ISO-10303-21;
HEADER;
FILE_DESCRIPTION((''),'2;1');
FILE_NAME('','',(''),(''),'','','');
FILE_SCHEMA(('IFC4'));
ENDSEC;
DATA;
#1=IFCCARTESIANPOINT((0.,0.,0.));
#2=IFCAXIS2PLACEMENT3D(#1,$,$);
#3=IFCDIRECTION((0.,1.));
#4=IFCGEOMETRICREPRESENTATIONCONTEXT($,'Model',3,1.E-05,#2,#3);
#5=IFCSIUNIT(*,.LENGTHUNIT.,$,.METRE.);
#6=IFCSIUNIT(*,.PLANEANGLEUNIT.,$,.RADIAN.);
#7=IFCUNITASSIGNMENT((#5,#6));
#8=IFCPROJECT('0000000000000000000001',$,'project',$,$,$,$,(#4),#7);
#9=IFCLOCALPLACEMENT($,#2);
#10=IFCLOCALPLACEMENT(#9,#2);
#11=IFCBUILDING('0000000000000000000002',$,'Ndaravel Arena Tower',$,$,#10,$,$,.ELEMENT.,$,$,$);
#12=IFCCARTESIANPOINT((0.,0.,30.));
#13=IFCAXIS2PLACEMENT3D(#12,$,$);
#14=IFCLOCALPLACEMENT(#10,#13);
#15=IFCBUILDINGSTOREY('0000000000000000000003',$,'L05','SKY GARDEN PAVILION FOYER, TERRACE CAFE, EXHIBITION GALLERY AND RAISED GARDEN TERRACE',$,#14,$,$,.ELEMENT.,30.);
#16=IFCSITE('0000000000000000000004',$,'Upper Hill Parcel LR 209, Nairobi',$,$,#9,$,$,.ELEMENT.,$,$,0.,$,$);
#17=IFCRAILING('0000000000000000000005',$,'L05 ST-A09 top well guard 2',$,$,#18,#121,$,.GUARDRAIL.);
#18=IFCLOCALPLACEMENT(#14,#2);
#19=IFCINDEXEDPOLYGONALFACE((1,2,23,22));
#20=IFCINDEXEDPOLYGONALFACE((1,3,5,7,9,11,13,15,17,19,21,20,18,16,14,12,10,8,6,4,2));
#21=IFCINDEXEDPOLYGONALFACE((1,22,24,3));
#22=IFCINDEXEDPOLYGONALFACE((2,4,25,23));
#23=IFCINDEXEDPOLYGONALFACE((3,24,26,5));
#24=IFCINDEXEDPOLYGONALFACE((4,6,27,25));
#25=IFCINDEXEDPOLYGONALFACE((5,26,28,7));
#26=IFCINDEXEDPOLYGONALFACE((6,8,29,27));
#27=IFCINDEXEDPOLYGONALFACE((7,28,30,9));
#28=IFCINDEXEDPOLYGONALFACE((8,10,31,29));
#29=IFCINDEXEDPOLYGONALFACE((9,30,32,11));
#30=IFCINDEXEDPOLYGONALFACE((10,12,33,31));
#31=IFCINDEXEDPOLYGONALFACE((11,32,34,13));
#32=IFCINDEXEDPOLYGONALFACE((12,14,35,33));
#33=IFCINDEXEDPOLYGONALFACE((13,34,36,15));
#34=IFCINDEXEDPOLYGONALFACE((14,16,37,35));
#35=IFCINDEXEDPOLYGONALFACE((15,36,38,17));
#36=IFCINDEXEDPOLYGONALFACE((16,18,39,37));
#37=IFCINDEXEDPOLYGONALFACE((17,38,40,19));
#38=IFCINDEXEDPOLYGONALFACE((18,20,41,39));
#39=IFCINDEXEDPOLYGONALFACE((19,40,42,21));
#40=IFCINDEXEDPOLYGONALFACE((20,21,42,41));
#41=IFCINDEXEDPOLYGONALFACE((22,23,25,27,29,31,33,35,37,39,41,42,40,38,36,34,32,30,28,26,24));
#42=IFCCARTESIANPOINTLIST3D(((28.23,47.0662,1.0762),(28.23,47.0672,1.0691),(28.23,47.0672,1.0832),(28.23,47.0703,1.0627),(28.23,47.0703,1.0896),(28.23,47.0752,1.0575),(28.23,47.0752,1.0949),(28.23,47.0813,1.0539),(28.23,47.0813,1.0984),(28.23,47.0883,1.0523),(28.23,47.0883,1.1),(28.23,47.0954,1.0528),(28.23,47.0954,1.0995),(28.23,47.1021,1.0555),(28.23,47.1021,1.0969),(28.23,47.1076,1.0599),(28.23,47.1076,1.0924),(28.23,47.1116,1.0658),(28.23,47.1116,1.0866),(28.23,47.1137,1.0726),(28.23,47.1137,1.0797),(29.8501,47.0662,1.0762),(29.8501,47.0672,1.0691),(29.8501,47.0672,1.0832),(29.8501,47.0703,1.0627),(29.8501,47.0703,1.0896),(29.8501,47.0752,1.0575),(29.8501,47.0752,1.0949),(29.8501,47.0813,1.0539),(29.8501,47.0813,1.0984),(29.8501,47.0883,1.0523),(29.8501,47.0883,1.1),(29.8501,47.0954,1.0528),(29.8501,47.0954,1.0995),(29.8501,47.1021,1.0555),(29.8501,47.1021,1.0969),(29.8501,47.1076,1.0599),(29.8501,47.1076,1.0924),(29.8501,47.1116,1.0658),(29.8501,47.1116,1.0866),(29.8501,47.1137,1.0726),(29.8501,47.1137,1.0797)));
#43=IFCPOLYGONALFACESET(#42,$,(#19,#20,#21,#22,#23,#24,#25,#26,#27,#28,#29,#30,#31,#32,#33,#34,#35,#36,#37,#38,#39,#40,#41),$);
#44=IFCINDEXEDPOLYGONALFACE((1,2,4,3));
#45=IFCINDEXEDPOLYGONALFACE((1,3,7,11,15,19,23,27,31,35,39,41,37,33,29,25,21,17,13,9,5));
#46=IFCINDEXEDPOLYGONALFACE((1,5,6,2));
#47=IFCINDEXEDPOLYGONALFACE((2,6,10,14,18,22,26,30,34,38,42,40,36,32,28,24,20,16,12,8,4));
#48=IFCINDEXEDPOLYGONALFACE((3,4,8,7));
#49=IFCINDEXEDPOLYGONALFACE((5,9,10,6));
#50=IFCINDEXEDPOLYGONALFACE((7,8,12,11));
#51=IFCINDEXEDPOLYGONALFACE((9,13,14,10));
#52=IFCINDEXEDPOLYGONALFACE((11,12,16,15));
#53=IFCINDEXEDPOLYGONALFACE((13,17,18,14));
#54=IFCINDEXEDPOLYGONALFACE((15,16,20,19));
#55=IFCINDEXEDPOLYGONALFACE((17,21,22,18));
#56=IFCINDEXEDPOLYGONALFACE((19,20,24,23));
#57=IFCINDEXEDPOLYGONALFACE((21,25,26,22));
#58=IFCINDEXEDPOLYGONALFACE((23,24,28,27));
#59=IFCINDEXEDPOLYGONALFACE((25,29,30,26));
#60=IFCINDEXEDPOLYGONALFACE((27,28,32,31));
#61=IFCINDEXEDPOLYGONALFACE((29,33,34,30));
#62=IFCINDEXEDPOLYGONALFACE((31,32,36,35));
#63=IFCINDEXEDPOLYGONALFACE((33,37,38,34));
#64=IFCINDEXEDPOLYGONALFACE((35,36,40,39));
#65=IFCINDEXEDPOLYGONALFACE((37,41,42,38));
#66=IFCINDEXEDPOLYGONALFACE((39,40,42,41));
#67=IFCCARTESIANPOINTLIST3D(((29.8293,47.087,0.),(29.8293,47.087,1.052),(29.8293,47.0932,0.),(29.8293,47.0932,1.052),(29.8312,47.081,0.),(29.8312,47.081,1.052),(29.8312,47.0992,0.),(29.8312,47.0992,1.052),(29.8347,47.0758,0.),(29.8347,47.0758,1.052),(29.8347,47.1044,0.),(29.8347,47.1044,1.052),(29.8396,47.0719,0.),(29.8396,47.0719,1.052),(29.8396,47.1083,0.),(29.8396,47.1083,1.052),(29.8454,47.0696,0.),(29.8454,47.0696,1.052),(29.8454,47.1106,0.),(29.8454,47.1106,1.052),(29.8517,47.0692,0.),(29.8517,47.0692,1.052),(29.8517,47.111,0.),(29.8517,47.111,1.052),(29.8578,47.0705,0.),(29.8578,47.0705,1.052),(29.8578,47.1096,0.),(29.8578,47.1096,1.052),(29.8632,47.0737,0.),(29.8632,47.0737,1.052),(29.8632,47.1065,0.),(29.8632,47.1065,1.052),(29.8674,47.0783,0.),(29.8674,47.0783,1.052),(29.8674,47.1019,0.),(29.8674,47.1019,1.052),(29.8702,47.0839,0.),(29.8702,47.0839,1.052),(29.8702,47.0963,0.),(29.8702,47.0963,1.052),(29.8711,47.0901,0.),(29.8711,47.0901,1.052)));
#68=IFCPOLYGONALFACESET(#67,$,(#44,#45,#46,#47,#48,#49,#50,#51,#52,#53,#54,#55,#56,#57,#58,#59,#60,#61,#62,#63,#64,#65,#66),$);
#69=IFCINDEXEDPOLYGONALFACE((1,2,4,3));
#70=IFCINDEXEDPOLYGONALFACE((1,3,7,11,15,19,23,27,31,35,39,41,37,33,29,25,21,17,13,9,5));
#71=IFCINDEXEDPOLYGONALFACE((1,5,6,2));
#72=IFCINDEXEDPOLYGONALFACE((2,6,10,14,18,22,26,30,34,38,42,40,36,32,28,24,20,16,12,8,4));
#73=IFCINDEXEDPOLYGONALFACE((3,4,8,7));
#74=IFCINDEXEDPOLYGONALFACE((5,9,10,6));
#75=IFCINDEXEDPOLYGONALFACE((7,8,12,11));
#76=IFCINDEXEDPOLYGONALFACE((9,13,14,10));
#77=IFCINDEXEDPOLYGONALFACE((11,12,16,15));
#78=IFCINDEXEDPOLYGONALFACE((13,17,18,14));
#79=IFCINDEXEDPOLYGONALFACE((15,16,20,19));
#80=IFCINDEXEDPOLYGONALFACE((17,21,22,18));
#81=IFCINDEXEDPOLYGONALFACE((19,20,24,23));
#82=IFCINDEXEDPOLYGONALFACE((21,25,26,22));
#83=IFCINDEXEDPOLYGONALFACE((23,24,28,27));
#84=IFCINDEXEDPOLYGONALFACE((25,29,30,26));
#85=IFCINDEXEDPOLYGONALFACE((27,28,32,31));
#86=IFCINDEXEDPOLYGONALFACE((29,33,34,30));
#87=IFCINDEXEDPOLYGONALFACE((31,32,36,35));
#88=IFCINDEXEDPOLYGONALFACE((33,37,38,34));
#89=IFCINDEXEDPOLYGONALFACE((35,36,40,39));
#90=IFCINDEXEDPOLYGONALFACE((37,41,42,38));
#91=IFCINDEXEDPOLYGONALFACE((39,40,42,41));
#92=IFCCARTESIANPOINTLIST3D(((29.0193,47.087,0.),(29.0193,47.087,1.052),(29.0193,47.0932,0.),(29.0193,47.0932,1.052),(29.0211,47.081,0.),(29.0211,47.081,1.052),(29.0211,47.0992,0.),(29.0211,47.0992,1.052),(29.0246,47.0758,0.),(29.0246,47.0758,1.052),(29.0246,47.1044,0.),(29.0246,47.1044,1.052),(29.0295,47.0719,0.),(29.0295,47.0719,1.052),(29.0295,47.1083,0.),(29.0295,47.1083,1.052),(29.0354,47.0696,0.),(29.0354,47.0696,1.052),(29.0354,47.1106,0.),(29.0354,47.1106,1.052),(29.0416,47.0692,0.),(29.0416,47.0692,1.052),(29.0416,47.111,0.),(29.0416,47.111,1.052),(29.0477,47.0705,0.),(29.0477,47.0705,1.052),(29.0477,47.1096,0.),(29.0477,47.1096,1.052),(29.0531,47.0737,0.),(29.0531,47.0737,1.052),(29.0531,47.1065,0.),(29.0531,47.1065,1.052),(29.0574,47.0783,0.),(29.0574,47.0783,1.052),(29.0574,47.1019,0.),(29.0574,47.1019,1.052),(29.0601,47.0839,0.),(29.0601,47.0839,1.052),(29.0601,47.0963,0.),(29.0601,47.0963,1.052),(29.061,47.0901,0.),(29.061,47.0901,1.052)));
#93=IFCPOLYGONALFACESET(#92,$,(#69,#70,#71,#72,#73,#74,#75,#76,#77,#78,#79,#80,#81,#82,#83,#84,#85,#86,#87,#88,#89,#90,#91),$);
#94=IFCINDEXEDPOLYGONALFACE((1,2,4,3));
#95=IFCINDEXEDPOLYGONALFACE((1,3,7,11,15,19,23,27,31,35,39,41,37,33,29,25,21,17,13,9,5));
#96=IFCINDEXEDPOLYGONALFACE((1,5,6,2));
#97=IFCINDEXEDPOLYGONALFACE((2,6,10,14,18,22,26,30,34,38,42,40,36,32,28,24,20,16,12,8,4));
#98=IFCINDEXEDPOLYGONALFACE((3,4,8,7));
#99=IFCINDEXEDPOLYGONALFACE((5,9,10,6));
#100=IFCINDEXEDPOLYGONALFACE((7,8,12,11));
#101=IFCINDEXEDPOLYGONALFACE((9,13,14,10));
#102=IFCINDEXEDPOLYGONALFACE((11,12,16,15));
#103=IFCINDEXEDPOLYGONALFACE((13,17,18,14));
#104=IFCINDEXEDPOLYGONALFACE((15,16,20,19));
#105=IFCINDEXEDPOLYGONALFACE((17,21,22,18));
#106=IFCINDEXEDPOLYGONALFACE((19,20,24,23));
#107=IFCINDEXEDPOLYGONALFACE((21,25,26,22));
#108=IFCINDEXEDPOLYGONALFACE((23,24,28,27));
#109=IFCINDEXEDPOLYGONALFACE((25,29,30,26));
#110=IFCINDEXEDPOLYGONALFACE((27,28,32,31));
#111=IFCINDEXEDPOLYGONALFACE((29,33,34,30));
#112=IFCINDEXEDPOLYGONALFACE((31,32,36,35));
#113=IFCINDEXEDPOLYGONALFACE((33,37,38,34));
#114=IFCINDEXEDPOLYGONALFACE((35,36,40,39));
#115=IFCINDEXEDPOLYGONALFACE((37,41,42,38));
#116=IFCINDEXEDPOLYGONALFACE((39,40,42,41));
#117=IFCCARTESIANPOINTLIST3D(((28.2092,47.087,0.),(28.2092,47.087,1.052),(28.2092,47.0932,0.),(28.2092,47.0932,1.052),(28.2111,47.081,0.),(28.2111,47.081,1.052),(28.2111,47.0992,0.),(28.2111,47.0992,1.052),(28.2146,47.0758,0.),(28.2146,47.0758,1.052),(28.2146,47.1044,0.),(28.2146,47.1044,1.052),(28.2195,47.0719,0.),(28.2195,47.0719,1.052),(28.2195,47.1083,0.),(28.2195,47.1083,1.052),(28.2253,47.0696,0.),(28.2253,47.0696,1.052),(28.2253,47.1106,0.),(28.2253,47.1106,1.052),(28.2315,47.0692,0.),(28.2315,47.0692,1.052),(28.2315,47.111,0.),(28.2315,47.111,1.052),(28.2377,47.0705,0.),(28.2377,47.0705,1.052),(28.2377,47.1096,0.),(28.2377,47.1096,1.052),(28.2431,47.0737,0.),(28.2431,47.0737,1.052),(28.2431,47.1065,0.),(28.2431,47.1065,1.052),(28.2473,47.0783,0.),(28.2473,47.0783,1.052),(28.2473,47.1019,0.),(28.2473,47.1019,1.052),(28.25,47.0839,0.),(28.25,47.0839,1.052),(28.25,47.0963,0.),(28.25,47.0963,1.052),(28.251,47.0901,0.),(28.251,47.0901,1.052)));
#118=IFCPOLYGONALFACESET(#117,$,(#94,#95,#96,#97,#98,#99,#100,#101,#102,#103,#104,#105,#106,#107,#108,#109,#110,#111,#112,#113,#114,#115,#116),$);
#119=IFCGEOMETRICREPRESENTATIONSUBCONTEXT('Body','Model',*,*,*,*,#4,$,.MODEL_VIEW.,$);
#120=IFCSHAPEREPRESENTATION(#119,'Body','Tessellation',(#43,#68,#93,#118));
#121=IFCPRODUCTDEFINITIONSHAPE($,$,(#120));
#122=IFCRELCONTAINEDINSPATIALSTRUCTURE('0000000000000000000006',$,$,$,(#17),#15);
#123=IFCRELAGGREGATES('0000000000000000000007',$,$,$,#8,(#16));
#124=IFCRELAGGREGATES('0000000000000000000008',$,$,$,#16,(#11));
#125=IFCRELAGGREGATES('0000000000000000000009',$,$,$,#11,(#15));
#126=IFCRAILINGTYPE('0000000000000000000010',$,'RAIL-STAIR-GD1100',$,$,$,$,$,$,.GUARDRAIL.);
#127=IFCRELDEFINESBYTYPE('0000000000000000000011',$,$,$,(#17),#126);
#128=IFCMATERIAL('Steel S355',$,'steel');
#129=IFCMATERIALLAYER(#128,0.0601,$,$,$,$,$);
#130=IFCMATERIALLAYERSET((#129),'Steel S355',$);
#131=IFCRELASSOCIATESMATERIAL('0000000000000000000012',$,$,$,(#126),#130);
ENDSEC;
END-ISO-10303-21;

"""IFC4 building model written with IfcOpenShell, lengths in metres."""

from ifc_helpers import new_model, si_unit, direction, frame, origin, origin_2d, place, context, subcontext, project, spatial, circle, extrude, material, layer, layer_set, type_object, element, save


model = new_model("IFC4")

# Units and contexts
model_context = context("Model", 3, precision=1e-05, world=origin(), true_north=direction((0.0, 1.0)))
body_context = subcontext(model_context, "Body", "Model", "MODEL_VIEW")
ifc_project = project(units=[si_unit("LENGTHUNIT", "METRE"), si_unit("PLANEANGLEUNIT", "RADIAN")], contexts=[model_context])

# Site, building, storey
site_placement = place(None, origin())
site = spatial("IfcSite", under=ifc_project, at=site_placement, Name="Upper Hill Parcel LR 209, Nairobi", CompositionType="ELEMENT", RefElevation=0.0)
building_placement = place(site_placement, origin())
building = spatial("IfcBuilding", under=site, at=building_placement, Name="Ndaravel Arena Tower", CompositionType="ELEMENT")
storey_placement = place(building_placement, frame((0.0, 0.0, 30.0)))
storey = spatial("IfcBuildingStorey", under=building, at=storey_placement, Name="L05", Description="SKY GARDEN PAVILION FOYER, TERRACE CAFE, EXHIBITION GALLERY AND RAISED GARDEN TERRACE", CompositionType="ELEMENT", Elevation=30.0)

# Railing
ifc_material_1 = material(Name="Steel S355", Category="steel")
ifc_layer_1 = layer(ifc_material_1, 0.0601)
ifc_layer_set_1 = layer_set([ifc_layer_1], Name="Steel S355")
railing_type = type_object("IfcRailingType", Name="RAIL-STAIR-GD1100", PredefinedType="GUARDRAIL", material=ifc_layer_set_1)
for number, where, name in (
    (1, (29.8501, 47.0901, 0.0), "L05 ST-A09 top well guard 2"),
):
    element("IfcRailing", number, at=place(storey_placement, frame(where)), inside=storey, type_object=railing_type, Name=name, PredefinedType="GUARDRAIL", context=body_context, shape_type="SweptSolid", body=[
        extrude(circle(Radius=0.0239, at=origin_2d()), frame((0.0, 0.0, 1.0762), z_axis=(-1.0, 0.0, 0.0), x_axis=(0.0, -1.0, 0.0)), (0.0, 0.0, 1.0), 1.6201),
        extrude(circle(Radius=0.021, at=origin_2d()), origin(), (0.0, 0.0, 1.0), 1.052),
        extrude(circle(Radius=0.021, at=origin_2d()), frame((-0.8101, 0.0, 0.0)), (0.0, 0.0, 1.0), 1.052),
        extrude(circle(Radius=0.021, at=origin_2d()), frame((-1.6201, 0.0, 0.0)), (0.0, 0.0, 1.0), 1.052),
    ])

save(model, "model.ifc")
